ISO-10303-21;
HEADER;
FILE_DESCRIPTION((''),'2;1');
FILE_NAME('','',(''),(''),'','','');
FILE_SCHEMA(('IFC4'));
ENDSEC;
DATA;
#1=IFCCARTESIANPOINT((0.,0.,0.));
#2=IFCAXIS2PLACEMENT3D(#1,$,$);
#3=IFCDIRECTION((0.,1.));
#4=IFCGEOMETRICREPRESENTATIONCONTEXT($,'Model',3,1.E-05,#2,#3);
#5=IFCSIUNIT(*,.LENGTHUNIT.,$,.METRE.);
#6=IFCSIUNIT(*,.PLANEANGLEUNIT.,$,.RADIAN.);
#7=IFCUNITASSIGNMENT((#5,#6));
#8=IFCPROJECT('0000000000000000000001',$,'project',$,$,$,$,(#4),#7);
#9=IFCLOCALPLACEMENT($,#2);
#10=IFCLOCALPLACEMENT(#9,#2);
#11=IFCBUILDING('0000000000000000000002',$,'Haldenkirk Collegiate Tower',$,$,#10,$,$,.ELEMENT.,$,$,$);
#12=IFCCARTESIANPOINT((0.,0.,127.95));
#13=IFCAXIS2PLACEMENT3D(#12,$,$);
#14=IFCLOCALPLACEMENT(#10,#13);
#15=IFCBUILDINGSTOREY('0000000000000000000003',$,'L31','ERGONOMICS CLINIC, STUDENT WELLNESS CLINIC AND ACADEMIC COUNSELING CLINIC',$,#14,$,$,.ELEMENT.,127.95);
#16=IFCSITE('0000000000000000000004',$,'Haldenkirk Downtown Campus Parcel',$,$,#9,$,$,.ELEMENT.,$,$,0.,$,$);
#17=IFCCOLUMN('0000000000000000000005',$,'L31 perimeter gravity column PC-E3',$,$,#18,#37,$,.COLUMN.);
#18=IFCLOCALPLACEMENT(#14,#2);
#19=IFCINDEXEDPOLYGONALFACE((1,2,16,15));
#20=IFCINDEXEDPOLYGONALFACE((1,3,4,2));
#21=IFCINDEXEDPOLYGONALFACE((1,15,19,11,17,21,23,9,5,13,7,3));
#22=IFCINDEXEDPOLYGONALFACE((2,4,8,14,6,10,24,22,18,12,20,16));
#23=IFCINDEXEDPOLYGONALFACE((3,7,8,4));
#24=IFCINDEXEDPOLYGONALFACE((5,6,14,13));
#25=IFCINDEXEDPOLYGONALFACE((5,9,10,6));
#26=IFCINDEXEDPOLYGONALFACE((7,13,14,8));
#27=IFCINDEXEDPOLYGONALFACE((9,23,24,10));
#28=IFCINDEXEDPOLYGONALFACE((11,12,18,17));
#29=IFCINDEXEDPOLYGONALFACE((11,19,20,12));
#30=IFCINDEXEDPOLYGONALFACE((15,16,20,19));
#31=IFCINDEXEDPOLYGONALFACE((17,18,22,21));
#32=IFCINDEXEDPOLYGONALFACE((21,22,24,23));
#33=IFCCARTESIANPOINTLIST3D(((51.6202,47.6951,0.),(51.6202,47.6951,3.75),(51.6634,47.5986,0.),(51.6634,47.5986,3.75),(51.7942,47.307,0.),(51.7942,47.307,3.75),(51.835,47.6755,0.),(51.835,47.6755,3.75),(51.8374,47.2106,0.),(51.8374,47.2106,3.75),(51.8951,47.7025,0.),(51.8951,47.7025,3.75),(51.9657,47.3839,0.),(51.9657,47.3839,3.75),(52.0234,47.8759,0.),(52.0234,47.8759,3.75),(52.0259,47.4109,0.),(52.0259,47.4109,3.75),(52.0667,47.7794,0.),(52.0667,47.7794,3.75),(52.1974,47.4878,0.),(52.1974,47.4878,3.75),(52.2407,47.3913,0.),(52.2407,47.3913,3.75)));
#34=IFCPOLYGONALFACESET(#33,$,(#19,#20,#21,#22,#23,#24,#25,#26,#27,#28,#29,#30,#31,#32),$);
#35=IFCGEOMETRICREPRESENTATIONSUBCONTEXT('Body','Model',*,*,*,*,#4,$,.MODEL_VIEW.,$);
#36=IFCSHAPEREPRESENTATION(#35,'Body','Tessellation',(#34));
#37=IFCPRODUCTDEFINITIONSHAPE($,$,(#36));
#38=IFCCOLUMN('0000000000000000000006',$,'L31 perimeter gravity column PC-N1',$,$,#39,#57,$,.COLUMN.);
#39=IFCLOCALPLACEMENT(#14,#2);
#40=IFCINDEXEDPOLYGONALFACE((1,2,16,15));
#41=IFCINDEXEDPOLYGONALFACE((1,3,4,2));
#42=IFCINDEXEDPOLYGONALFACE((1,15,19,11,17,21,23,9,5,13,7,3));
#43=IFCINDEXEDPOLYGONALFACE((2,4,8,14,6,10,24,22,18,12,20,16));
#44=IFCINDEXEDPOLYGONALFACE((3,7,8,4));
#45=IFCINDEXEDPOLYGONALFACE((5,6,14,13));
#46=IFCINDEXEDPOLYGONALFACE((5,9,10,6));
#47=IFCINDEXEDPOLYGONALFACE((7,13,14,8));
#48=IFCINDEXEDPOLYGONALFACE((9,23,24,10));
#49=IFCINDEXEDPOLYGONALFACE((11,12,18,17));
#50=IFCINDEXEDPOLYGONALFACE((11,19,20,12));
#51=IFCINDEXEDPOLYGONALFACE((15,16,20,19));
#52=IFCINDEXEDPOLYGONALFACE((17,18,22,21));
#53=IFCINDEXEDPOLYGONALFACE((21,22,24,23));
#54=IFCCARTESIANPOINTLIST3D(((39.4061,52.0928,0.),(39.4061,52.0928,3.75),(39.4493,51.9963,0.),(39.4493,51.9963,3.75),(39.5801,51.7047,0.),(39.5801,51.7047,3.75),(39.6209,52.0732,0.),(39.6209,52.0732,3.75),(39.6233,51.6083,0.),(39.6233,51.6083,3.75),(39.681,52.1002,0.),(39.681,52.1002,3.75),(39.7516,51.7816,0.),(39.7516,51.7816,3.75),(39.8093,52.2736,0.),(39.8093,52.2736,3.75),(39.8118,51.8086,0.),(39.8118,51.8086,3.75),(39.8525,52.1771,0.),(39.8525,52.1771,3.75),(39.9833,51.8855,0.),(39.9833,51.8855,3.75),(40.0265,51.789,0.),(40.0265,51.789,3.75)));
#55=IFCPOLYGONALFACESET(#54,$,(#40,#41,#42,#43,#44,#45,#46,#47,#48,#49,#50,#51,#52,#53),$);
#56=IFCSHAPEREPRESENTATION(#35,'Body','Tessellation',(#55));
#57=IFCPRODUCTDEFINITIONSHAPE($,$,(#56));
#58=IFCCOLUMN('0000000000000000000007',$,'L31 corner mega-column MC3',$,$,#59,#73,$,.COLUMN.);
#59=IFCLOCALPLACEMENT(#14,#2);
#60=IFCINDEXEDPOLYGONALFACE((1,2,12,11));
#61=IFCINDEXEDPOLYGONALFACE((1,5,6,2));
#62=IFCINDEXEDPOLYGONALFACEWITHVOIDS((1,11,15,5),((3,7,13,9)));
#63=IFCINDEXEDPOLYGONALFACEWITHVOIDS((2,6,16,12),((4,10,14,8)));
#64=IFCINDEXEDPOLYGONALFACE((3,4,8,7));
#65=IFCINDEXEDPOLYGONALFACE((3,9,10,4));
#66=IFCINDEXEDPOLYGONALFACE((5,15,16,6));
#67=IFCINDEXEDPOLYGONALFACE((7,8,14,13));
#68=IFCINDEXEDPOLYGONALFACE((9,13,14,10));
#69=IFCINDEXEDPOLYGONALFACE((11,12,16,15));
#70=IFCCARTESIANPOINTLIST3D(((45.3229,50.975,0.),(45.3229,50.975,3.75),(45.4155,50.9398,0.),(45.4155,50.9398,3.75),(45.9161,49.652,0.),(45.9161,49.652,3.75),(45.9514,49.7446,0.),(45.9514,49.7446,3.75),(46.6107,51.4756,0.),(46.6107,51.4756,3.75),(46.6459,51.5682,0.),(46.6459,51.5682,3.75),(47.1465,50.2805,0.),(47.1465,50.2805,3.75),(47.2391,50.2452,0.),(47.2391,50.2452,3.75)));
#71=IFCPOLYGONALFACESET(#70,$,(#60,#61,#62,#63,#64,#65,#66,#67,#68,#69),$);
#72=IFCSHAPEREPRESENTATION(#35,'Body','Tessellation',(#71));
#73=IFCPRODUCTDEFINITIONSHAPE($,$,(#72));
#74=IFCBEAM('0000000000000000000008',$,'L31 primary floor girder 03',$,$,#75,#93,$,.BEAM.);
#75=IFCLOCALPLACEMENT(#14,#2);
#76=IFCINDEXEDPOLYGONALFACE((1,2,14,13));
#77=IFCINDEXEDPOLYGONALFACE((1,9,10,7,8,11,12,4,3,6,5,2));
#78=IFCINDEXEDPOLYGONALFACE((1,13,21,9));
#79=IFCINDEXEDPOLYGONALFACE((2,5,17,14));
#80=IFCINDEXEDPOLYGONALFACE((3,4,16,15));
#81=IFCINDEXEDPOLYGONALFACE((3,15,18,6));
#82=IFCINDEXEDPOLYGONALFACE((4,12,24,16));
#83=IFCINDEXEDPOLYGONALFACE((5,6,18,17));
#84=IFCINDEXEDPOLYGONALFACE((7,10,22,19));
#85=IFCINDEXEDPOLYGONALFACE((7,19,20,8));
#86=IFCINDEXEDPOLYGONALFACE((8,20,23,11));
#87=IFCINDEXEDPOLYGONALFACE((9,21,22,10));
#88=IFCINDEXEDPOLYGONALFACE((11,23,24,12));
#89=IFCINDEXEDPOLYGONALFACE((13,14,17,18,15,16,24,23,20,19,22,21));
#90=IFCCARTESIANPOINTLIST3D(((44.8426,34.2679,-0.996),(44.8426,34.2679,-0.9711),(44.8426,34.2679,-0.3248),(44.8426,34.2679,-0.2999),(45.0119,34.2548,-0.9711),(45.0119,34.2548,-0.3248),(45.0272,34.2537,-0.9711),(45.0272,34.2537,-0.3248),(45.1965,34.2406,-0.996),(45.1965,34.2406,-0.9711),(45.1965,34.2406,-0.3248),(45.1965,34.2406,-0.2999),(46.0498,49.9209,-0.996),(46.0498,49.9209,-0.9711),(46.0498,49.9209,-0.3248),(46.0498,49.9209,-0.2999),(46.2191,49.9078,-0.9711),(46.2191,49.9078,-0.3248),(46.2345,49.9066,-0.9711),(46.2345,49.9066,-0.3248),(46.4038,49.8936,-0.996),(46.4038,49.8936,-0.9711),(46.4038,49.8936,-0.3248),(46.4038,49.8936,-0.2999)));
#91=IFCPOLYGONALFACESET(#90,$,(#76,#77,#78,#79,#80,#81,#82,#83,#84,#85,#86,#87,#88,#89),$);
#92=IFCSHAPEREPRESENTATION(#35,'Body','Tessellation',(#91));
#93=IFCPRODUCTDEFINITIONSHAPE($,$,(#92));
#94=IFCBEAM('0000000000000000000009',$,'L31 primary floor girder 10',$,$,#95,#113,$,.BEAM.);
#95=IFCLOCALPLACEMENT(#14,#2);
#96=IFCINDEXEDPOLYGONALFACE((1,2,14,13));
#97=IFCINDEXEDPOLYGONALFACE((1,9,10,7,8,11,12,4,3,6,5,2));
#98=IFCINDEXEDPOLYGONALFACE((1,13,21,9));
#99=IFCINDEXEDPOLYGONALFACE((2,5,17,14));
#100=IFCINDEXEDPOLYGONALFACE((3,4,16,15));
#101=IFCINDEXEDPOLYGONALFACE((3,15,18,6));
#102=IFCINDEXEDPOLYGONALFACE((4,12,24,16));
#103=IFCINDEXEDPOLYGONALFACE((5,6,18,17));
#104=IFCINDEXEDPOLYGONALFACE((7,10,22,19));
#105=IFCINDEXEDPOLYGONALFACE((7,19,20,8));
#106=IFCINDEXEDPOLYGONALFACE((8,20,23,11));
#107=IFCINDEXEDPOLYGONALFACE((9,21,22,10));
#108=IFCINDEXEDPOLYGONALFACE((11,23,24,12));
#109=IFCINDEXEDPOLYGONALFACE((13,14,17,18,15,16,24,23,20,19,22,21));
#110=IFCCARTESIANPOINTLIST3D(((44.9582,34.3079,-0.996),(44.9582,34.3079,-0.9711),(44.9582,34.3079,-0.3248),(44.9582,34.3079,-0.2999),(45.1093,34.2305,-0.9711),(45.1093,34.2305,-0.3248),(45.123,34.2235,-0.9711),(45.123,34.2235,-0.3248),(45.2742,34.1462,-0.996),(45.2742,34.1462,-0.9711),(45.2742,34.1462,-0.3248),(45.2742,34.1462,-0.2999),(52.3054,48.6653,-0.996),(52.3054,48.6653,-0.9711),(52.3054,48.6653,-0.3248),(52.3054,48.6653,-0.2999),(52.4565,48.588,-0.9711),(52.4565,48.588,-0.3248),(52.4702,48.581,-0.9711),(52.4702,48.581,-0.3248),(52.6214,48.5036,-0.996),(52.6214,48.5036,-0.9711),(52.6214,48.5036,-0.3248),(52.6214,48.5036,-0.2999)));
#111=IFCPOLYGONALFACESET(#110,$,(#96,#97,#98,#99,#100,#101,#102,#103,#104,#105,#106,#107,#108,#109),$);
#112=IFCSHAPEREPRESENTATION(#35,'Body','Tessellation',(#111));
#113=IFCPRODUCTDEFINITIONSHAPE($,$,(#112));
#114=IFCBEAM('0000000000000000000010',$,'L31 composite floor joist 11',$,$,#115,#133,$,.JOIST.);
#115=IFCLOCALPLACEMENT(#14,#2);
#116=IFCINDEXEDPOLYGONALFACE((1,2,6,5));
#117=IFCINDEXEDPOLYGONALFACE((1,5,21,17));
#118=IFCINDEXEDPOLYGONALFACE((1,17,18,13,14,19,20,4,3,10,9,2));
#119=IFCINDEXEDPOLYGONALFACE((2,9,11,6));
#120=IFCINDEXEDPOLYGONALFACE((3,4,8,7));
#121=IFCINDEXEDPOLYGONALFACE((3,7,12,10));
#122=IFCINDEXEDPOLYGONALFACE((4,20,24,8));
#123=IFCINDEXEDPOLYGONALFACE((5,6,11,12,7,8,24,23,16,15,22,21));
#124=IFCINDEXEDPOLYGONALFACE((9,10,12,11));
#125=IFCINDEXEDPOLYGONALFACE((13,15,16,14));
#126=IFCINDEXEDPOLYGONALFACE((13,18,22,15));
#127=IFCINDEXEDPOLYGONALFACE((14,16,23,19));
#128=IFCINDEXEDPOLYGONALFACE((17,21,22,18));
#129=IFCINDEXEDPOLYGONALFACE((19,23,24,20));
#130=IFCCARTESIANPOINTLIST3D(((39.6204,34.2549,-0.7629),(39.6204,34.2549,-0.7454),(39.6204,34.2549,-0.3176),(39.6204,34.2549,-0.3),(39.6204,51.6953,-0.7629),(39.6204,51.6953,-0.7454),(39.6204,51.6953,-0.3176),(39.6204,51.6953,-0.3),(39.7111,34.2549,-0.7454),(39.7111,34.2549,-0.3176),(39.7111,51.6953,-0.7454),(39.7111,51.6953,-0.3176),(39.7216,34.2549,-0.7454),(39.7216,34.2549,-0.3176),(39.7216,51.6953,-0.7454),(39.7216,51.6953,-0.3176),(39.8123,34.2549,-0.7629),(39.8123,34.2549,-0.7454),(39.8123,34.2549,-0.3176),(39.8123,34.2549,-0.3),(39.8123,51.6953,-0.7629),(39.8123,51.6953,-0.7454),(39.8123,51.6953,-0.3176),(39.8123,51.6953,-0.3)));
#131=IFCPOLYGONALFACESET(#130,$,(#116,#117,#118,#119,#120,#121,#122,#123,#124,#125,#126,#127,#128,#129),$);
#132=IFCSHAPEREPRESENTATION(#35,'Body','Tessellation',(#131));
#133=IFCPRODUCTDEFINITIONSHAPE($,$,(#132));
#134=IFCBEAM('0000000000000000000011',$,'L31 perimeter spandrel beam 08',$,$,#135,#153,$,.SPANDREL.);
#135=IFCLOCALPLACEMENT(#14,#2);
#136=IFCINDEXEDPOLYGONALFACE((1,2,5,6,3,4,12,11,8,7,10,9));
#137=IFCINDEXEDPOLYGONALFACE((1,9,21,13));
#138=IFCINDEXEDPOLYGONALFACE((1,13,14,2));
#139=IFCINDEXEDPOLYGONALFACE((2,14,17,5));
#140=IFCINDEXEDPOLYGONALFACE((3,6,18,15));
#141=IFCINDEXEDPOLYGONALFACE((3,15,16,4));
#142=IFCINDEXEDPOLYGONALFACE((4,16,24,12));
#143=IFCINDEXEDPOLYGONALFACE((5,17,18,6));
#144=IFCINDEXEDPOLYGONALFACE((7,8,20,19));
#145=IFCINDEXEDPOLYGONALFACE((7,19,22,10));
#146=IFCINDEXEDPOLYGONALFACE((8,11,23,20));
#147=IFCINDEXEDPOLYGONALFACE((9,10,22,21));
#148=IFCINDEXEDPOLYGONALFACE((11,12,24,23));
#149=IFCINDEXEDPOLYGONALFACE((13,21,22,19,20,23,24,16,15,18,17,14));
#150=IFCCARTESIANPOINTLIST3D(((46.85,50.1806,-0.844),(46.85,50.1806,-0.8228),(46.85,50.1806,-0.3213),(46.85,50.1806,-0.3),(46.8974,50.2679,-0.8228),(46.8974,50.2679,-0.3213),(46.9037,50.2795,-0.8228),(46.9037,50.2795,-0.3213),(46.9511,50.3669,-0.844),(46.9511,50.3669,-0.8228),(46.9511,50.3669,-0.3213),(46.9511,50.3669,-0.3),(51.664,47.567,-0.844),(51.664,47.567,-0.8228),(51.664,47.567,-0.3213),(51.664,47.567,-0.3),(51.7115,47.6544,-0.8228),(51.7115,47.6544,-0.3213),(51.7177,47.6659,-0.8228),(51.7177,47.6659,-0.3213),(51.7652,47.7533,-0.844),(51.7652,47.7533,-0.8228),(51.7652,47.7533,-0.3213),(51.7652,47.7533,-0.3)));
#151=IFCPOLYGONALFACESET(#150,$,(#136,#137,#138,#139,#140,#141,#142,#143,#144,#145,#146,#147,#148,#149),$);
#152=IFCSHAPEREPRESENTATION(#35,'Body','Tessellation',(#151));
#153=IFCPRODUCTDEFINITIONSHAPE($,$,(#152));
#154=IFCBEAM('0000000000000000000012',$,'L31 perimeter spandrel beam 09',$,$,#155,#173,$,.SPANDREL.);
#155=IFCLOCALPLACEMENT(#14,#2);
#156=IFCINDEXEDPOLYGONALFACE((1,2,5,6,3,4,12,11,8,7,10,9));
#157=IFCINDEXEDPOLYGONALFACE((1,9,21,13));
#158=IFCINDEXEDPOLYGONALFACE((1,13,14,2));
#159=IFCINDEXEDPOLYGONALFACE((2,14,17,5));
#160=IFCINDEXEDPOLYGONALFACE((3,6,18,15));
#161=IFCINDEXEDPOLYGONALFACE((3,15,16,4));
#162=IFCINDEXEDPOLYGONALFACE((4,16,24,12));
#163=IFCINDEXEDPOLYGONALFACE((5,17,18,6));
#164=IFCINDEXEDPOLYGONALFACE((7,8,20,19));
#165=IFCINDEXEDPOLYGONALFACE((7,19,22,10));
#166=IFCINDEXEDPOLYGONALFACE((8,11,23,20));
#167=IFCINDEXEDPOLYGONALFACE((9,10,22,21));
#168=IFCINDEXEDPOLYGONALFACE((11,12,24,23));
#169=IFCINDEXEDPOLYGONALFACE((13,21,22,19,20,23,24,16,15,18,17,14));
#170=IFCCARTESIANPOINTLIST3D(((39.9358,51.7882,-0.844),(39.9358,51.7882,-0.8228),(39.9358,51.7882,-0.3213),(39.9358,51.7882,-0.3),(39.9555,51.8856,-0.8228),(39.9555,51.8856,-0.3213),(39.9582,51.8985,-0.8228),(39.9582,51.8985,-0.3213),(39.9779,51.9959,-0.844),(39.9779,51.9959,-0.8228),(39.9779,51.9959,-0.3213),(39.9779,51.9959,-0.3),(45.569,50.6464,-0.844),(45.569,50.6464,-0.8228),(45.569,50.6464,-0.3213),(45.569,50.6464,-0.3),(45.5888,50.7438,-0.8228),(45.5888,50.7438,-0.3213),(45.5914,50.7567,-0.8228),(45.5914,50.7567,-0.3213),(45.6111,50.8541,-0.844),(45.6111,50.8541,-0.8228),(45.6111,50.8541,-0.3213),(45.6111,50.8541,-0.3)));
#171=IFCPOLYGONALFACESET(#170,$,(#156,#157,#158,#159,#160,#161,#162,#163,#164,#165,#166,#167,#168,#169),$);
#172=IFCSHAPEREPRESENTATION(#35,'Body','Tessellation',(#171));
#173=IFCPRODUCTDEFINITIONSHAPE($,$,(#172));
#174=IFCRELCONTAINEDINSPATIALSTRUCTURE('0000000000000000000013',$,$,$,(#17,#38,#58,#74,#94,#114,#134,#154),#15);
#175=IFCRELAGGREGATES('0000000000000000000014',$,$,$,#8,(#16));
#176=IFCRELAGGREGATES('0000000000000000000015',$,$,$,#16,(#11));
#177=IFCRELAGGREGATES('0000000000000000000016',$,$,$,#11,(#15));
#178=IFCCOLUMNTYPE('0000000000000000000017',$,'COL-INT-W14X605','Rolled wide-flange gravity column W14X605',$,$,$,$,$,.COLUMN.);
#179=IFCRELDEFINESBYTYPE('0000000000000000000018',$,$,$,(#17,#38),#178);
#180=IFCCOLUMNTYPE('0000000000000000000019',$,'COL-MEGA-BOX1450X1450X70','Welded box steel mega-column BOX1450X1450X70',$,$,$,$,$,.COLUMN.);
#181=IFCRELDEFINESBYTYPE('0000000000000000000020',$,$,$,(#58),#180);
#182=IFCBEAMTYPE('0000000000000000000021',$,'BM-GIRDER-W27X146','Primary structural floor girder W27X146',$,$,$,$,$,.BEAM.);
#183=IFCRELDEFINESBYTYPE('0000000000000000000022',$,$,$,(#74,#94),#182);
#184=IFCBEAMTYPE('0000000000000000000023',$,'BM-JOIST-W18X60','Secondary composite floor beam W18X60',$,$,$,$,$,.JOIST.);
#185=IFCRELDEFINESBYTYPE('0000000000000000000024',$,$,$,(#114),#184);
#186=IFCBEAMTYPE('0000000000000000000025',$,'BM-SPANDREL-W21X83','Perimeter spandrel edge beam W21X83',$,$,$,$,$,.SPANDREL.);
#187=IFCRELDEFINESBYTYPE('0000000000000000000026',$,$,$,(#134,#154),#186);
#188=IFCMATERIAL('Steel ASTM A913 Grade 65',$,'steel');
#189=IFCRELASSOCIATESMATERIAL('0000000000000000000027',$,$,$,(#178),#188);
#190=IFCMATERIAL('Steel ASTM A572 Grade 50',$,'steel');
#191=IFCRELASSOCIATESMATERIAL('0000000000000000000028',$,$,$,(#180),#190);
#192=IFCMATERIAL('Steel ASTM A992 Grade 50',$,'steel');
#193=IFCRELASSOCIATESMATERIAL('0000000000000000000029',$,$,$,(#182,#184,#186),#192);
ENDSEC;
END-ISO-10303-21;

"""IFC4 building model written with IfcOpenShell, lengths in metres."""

from ifc_helpers import new_model, si_unit, direction, frame, origin, origin_2d, place, context, subcontext, project, spatial, hollow_rectangle, i_section, extrude, material, material_profile, profile_set, type_object, element, save


model = new_model("IFC4")

# Units and contexts
model_context = context("Model", 3, precision=1e-05, world=origin(), true_north=direction((0.0, 1.0)))
body_context = subcontext(model_context, "Body", "Model", "MODEL_VIEW")
ifc_project = project(units=[si_unit("LENGTHUNIT", "METRE"), si_unit("PLANEANGLEUNIT", "RADIAN")], contexts=[model_context])

# Site, building, storey
site_placement = place(None, origin())
site = spatial("IfcSite", under=ifc_project, at=site_placement, Name="Haldenkirk Downtown Campus Parcel", CompositionType="ELEMENT", RefElevation=0.0)
building_placement = place(site_placement, origin())
building = spatial("IfcBuilding", under=site, at=building_placement, Name="Haldenkirk Collegiate Tower", CompositionType="ELEMENT")
storey_placement = place(building_placement, frame((0.0, 0.0, 127.95)))
storey = spatial("IfcBuildingStorey", under=building, at=storey_placement, Name="L31", Description="ERGONOMICS CLINIC, STUDENT WELLNESS CLINIC AND ACADEMIC COUNSELING CLINIC", CompositionType="ELEMENT", Elevation=127.95)

# Columns
ifc_material_1 = material(Name="Steel ASTM A913 Grade 65", Category="steel")
ifc_material_profile_1 = material_profile(ifc_material_1, i_section(OverallWidth=0.4419, OverallDepth=0.531, WebThickness=0.0659, FlangeThickness=0.1057, at=origin_2d()), Name="W14X605")
ifc_profile_set_1 = profile_set([ifc_material_profile_1], Name="Steel ASTM A913 Grade 65")
column_type_1 = type_object("IfcColumnType", Name="COL-INT-W14X605", Description="Rolled wide-flange gravity column W14X605", PredefinedType="COLUMN", material=ifc_profile_set_1)
for number, where, z_axis, x_axis, name in (
    (1, (51.9304, 47.5432, 0.0), (0.0, 0.0, 1.0), (0.912477, 0.409127, 0.0), "L31 perimeter gravity column PC-E3"),
    (2, (39.7163, 51.9409, 0.0), (0.0, 0.0, 1.0), (0.912477, 0.409127, 0.0), "L31 perimeter gravity column PC-N1"),
):
    element("IfcColumn", number, at=place(storey_placement, frame(where, z_axis=z_axis, x_axis=x_axis)), inside=storey, type_object=column_type_1, Name=name, PredefinedType="COLUMN", context=body_context, shape_type="SweptSolid", body=[
        extrude(i_section(OverallWidth=0.4419, OverallDepth=0.531, WebThickness=0.0659, FlangeThickness=0.1057, at=origin_2d()), origin(), (0.0, 0.0, 1.0), 3.75),
    ])
ifc_material_2 = material(Name="Steel ASTM A572 Grade 50", Category="steel")
ifc_material_profile_2 = material_profile(ifc_material_2, hollow_rectangle(XDim=1.45, YDim=1.45, WallThickness=0.0701, at=origin_2d()), Name="BOX1450X1450X70")
ifc_profile_set_2 = profile_set([ifc_material_profile_2], Name="Steel ASTM A572 Grade 50")
column_type_2 = type_object("IfcColumnType", Name="COL-MEGA-BOX1450X1450X70", Description="Welded box steel mega-column BOX1450X1450X70", PredefinedType="COLUMN", material=ifc_profile_set_2)
column_placement = place(storey_placement, frame((46.281, 50.6101, 0.0), z_axis=(0.0, 0.0, 1.0), x_axis=(0.912477, 0.409127, 0.0)))
element("IfcColumn", 3, at=column_placement, inside=storey, type_object=column_type_2, Name="L31 corner mega-column MC3", PredefinedType="COLUMN", context=body_context, shape_type="SweptSolid", body=[
    extrude(hollow_rectangle(XDim=1.45, YDim=1.45, WallThickness=0.0701, at=origin_2d()), origin(), (0.0, 0.0, 1.0), 3.75),
])

# Beams
ifc_material_3 = material(Name="Steel ASTM A992 Grade 50", Category="steel")
ifc_material_profile_3 = material_profile(ifc_material_3, i_section(OverallWidth=0.355, OverallDepth=0.696, WebThickness=0.0154, FlangeThickness=0.0249, at=origin_2d()), Name="W27X146")
ifc_profile_set_3 = profile_set([ifc_material_profile_3], Name="Steel ASTM A992 Grade 50")
beam_type_1 = type_object("IfcBeamType", Name="BM-GIRDER-W27X146", Description="Primary structural floor girder W27X146", PredefinedType="BEAM", material=ifc_profile_set_3)
beam_1_placement = place(storey_placement, frame((46.2268, 49.9072, -0.6479), z_axis=(-0.076899, -0.997039, 0.0), x_axis=(0.997039, -0.076899, 0.0)))
element("IfcBeam", 4, at=beam_1_placement, inside=storey, type_object=beam_type_1, Name="L31 primary floor girder 03", PredefinedType="BEAM", context=body_context, shape_type="SweptSolid", body=[
    extrude(i_section(OverallWidth=0.355, OverallDepth=0.696, WebThickness=0.0154, FlangeThickness=0.0249, at=origin_2d()), origin(), (0.0, 0.0, 1.0), 15.6995),
])
beam_2_placement = place(storey_placement, frame((52.4634, 48.5845, -0.6479), z_axis=(-0.45555, -0.89021, 0.0), x_axis=(0.89021, -0.45555, 0.0)))
element("IfcBeam", 5, at=beam_2_placement, inside=storey, type_object=beam_type_1, Name="L31 primary floor girder 10", PredefinedType="BEAM", context=body_context, shape_type="SweptSolid", body=[
    extrude(i_section(OverallWidth=0.355, OverallDepth=0.696, WebThickness=0.0154, FlangeThickness=0.0249, at=origin_2d()), origin(), (0.0, 0.0, 1.0), 16.1282),
])
ifc_material_profile_4 = material_profile(ifc_material_3, i_section(OverallWidth=0.1919, OverallDepth=0.4629, WebThickness=0.0105, FlangeThickness=0.0176, at=origin_2d()), Name="W18X60")
ifc_profile_set_4 = profile_set([ifc_material_profile_4], Name="Steel ASTM A992 Grade 50")
beam_type_2 = type_object("IfcBeamType", Name="BM-JOIST-W18X60", Description="Secondary composite floor beam W18X60", PredefinedType="JOIST", material=ifc_profile_set_4)
beam_3_placement = place(storey_placement, frame((39.7163, 51.6953, -0.5315), z_axis=(0.0, -1.0, 0.0), x_axis=(1.0, 0.0, 0.0)))
element("IfcBeam", 6, at=beam_3_placement, inside=storey, type_object=beam_type_2, Name="L31 composite floor joist 11", PredefinedType="JOIST", context=body_context, shape_type="SweptSolid", body=[
    extrude(i_section(OverallWidth=0.1919, OverallDepth=0.4629, WebThickness=0.0105, FlangeThickness=0.0176, at=origin_2d()), origin(), (0.0, 0.0, 1.0), 17.4404),
])
ifc_material_profile_5 = material_profile(ifc_material_3, i_section(OverallWidth=0.2119, OverallDepth=0.5439, WebThickness=0.0132, FlangeThickness=0.0212, at=origin_2d()), Name="W21X83")
ifc_profile_set_5 = profile_set([ifc_material_profile_5], Name="Steel ASTM A992 Grade 50")
beam_type_3 = type_object("IfcBeamType", Name="BM-SPANDREL-W21X83", Description="Perimeter spandrel edge beam W21X83", PredefinedType="SPANDREL", material=ifc_profile_set_5)
beam_4_placement = place(storey_placement, frame((51.7146, 47.6602, -0.572), z_axis=(-0.878836, 0.477124, 0.0), x_axis=(-0.477124, -0.878836, 0.0)))
element("IfcBeam", 7, at=beam_4_placement, inside=storey, type_object=beam_type_3, Name="L31 perimeter spandrel beam 08", PredefinedType="SPANDREL", context=body_context, shape_type="SweptSolid", body=[
    extrude(i_section(OverallWidth=0.2119, OverallDepth=0.5439, WebThickness=0.0132, FlangeThickness=0.0212, at=origin_2d()), origin(), (0.0, 0.0, 1.0), 5.4778),
])
beam_5_placement = place(storey_placement, frame((45.5901, 50.7502, -0.572), z_axis=(-0.980069, 0.198656, 0.0), x_axis=(-0.198656, -0.980069, 0.0)))
element("IfcBeam", 8, at=beam_5_placement, inside=storey, type_object=beam_type_3, Name="L31 perimeter spandrel beam 09", PredefinedType="SPANDREL", context=body_context, shape_type="SweptSolid", body=[
    extrude(i_section(OverallWidth=0.2119, OverallDepth=0.5439, WebThickness=0.0132, FlangeThickness=0.0212, at=origin_2d()), origin(), (0.0, 0.0, 1.0), 5.7478),
])

save(model, "model.ifc")
